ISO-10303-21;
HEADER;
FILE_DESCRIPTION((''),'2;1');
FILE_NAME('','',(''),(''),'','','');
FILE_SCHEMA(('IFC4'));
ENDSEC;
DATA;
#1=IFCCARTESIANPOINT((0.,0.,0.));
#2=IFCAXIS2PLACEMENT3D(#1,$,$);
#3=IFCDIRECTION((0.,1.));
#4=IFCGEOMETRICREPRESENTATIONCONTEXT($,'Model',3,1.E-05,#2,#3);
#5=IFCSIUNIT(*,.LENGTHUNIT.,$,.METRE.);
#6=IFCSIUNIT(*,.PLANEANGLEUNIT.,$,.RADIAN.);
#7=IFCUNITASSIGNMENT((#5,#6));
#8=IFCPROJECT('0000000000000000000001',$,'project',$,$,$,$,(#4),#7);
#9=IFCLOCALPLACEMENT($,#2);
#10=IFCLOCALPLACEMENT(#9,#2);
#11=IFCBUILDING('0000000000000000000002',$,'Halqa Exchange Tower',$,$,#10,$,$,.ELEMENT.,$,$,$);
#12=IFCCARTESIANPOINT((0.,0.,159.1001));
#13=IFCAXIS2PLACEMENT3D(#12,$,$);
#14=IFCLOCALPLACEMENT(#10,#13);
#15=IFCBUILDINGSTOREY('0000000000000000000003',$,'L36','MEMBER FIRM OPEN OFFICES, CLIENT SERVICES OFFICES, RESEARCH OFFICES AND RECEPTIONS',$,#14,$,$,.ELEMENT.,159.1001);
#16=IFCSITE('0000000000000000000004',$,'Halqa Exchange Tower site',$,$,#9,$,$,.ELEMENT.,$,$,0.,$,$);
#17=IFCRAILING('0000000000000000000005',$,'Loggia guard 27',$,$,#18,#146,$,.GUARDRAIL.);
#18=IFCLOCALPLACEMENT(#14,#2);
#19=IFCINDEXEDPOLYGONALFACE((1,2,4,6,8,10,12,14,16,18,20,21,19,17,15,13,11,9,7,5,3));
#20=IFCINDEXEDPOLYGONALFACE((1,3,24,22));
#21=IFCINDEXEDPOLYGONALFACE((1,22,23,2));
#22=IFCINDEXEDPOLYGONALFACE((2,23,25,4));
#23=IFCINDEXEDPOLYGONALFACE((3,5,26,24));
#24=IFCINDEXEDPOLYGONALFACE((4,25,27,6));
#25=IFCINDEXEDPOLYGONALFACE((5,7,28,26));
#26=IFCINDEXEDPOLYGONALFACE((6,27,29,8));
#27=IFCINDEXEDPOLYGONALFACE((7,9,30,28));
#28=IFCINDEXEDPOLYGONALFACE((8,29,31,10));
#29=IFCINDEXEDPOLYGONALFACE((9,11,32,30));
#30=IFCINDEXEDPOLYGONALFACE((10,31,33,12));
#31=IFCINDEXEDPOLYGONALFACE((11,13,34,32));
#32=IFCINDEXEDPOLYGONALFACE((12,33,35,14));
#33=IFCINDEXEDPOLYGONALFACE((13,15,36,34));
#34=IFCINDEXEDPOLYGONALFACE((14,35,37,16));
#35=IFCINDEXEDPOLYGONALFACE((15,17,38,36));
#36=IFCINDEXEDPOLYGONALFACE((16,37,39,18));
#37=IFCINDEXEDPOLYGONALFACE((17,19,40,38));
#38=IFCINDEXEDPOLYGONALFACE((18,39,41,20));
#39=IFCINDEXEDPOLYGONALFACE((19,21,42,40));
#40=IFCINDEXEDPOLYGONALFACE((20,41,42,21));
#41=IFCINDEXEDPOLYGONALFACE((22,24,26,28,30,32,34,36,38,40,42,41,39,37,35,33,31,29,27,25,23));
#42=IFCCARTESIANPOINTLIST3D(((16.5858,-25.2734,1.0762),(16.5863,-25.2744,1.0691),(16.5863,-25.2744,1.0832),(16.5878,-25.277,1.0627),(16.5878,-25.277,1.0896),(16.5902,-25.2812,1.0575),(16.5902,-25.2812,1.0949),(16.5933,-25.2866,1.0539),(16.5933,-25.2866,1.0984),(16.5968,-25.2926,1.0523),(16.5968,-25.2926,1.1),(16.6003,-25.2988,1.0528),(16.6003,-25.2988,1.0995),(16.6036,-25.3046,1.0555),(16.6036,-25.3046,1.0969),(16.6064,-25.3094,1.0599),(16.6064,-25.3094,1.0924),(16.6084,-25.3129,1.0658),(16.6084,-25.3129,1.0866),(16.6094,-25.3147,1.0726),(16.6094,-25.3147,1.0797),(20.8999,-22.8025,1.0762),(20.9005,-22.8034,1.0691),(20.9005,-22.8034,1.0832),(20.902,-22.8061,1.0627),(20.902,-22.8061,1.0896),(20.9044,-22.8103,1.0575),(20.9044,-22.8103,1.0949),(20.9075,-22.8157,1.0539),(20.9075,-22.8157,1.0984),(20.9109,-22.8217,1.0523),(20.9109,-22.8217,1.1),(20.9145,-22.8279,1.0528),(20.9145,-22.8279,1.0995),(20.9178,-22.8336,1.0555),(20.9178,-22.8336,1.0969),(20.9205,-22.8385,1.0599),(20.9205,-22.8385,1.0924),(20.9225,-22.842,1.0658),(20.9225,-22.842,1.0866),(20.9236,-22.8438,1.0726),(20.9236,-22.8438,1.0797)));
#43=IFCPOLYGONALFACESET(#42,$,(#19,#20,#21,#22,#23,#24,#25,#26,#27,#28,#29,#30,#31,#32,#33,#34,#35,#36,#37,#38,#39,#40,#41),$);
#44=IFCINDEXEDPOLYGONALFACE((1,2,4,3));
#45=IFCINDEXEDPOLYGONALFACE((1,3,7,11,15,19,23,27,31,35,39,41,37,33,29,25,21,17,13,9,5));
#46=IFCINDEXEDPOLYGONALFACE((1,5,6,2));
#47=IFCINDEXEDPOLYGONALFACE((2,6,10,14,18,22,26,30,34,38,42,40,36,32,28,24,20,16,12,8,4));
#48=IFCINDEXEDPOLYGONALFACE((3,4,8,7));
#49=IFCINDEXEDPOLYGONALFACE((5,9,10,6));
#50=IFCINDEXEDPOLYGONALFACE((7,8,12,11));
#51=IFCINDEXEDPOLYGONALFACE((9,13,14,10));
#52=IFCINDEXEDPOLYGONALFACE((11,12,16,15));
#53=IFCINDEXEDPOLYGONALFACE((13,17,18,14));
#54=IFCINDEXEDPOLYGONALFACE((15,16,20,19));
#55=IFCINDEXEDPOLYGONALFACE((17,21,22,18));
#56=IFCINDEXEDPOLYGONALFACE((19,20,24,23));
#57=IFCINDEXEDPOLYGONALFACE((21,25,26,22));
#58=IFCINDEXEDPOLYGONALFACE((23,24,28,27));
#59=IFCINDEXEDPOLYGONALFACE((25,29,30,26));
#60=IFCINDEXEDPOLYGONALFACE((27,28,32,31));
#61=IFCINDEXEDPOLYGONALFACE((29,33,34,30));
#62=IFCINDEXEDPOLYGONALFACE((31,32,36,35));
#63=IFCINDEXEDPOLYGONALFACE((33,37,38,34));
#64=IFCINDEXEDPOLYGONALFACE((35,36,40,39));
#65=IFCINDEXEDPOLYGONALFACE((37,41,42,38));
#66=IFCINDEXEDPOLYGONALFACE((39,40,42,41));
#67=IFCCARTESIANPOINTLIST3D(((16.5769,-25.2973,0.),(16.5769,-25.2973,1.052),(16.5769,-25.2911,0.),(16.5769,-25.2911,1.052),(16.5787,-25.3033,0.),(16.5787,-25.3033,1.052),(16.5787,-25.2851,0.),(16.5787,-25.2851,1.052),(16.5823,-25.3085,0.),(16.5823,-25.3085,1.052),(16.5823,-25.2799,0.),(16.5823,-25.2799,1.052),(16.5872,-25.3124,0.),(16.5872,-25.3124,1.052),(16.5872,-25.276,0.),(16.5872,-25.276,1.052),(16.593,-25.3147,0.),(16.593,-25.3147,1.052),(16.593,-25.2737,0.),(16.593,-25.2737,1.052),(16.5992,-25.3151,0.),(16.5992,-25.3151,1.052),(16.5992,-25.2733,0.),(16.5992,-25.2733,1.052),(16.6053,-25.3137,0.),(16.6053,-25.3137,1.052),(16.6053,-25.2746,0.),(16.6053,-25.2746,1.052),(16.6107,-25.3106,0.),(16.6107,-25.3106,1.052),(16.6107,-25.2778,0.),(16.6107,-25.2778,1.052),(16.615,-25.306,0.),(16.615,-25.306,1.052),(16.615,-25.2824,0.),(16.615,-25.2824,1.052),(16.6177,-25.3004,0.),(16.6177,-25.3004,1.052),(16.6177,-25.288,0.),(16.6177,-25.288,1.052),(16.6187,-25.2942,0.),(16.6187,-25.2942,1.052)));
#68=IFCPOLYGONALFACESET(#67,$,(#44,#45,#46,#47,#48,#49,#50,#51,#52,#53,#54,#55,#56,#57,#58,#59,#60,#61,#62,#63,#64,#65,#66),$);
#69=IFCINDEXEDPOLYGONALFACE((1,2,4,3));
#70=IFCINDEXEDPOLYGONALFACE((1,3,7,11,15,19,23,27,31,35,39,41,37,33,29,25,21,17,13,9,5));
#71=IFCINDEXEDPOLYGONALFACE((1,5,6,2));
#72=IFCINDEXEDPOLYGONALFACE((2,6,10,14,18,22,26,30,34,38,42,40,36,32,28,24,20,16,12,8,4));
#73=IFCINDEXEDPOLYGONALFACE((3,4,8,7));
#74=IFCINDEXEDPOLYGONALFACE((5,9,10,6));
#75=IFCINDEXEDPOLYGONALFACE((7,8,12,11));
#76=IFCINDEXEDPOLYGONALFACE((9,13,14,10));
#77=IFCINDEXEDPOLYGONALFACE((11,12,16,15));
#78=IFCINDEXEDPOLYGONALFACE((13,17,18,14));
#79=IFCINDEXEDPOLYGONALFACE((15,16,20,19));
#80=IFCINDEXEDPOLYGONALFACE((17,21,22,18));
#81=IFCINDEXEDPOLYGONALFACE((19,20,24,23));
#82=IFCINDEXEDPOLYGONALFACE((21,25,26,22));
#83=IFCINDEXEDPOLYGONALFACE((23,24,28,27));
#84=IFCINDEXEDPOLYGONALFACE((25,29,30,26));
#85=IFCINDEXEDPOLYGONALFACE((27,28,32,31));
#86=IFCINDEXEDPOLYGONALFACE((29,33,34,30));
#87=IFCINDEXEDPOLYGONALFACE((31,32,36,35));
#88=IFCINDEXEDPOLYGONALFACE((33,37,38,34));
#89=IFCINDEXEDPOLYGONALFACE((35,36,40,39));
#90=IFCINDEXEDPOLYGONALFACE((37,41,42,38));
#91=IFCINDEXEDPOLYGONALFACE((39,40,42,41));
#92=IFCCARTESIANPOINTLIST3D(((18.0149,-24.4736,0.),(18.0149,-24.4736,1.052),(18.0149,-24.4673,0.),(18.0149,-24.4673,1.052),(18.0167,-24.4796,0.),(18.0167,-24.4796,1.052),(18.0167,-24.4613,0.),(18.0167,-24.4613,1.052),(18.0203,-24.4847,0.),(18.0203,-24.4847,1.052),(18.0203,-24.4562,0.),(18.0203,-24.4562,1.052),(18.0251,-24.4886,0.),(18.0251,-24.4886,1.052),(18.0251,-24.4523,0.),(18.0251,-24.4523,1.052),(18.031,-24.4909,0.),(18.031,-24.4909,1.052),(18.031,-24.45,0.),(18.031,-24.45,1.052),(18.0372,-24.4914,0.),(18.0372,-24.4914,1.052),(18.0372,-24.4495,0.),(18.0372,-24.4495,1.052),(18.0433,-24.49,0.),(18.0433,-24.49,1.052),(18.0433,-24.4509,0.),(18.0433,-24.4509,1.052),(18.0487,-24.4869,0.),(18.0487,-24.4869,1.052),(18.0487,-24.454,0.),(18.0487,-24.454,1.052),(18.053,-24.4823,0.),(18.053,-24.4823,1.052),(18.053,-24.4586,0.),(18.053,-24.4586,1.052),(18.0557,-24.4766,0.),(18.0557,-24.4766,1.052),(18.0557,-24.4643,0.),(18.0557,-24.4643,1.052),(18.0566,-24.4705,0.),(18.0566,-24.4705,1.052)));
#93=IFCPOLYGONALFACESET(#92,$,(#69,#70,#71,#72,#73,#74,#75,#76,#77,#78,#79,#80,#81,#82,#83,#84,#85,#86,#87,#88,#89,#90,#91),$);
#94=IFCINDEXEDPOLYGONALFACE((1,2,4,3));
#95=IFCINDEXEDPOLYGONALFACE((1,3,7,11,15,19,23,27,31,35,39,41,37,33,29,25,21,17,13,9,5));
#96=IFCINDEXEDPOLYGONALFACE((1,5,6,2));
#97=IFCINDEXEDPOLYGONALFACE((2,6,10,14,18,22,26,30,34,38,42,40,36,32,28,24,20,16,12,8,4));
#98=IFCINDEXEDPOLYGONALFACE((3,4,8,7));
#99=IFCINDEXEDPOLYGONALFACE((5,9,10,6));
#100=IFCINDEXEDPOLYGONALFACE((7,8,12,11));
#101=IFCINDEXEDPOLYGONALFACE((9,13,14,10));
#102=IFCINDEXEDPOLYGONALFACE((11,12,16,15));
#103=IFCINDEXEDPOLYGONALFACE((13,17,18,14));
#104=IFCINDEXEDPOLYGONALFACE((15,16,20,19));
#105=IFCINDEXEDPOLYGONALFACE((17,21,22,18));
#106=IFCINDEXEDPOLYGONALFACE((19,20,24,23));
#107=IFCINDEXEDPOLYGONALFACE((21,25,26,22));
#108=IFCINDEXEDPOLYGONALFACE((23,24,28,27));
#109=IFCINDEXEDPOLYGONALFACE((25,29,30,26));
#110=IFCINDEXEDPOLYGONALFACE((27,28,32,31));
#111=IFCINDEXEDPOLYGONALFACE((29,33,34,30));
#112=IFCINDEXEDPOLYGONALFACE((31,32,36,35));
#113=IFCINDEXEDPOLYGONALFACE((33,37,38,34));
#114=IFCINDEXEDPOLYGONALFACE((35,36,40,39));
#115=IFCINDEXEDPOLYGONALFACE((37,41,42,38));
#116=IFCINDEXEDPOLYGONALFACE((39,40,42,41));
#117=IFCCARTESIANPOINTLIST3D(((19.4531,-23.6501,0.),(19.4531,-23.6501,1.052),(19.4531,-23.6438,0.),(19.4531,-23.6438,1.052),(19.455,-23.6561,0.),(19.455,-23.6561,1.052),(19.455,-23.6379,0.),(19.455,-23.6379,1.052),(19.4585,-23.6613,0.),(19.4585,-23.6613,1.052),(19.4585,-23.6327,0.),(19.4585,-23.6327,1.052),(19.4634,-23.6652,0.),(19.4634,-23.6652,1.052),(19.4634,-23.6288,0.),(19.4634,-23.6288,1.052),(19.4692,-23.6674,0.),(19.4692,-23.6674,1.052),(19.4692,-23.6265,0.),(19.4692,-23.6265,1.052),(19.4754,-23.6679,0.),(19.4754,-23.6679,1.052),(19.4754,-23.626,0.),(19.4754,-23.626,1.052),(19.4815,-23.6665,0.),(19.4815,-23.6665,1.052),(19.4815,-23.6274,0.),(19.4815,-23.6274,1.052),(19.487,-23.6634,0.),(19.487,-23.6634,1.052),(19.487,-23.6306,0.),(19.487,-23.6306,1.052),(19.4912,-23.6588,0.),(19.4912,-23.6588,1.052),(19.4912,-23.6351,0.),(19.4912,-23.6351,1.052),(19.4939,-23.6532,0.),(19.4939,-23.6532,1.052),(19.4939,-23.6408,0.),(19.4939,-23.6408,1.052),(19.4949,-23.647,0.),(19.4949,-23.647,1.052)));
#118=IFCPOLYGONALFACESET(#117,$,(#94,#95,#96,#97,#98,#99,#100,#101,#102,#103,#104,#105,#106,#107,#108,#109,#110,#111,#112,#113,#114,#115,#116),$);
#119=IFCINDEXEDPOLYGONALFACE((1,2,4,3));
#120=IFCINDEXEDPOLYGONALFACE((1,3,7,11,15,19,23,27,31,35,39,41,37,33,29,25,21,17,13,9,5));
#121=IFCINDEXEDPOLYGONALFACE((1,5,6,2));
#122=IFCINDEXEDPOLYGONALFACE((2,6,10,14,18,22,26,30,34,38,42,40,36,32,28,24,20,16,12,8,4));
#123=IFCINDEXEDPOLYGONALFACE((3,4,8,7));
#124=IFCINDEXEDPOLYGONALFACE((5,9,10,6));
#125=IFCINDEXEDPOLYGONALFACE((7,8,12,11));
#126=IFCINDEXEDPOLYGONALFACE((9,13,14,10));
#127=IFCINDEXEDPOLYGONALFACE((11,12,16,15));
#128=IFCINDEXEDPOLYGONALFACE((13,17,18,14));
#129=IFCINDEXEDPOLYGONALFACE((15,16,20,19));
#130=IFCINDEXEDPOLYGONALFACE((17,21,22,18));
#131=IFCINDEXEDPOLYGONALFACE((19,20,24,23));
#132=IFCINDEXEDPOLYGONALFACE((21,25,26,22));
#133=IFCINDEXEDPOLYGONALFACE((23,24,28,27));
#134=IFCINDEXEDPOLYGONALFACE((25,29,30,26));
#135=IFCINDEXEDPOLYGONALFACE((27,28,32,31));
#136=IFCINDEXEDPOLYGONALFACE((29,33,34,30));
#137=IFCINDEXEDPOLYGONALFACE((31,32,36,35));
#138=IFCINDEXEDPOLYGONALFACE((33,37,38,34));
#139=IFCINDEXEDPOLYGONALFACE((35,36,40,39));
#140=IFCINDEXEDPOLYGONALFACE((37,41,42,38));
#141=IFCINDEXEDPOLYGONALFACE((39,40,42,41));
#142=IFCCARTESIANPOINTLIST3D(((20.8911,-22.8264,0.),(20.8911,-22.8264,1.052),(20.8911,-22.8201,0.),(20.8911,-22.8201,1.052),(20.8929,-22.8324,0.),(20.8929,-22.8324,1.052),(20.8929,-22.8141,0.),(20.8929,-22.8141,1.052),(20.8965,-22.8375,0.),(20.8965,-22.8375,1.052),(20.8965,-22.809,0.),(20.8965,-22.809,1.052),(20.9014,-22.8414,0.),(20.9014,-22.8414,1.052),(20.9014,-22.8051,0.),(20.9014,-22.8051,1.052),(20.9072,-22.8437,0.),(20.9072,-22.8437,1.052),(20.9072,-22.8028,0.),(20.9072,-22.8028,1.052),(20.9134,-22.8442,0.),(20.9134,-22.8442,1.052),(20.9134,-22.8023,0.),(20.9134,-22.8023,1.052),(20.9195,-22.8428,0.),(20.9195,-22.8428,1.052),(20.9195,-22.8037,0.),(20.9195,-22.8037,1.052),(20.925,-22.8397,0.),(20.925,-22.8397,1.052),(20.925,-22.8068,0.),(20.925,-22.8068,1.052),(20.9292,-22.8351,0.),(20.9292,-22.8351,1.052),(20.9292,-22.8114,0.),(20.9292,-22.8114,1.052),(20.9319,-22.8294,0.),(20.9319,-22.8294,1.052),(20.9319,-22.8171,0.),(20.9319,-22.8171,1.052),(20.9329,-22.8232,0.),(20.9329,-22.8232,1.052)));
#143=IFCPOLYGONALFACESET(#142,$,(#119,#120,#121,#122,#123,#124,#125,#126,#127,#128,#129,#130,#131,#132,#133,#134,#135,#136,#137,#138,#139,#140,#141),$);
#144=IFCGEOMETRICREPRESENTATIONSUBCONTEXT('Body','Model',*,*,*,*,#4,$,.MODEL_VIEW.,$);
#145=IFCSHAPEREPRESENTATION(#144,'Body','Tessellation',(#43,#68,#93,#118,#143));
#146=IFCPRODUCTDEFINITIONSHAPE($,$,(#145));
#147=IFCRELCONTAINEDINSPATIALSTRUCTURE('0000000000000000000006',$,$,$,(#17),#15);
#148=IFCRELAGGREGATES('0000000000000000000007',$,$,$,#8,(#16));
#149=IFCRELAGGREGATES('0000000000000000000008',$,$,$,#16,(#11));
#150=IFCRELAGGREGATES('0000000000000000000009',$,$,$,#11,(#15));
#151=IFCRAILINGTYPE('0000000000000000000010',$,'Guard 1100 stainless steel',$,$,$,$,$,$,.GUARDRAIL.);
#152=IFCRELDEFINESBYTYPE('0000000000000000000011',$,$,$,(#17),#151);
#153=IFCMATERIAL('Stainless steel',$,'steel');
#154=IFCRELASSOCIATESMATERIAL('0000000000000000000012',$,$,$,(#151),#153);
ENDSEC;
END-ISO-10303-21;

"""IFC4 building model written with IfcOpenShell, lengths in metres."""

from ifc_helpers import new_model, si_unit, direction, frame, origin, origin_2d, place, context, subcontext, project, spatial, circle, extrude, material, type_object, element, save


model = new_model("IFC4")

# Units and contexts
model_context = context("Model", 3, precision=1e-05, world=origin(), true_north=direction((0.0, 1.0)))
body_context = subcontext(model_context, "Body", "Model", "MODEL_VIEW")
ifc_project = project(units=[si_unit("LENGTHUNIT", "METRE"), si_unit("PLANEANGLEUNIT", "RADIAN")], contexts=[model_context])

# Site, building, storey
site_placement = place(None, origin())
site = spatial("IfcSite", under=ifc_project, at=site_placement, Name="Halqa Exchange Tower site", CompositionType="ELEMENT", RefElevation=0.0)
building_placement = place(site_placement, origin())
building = spatial("IfcBuilding", under=site, at=building_placement, Name="Halqa Exchange Tower", CompositionType="ELEMENT")
storey_placement = place(building_placement, frame((0.0, 0.0, 159.1001)))
storey = spatial("IfcBuildingStorey", under=building, at=storey_placement, Name="L36", Description="MEMBER FIRM OPEN OFFICES, CLIENT SERVICES OFFICES, RESEARCH OFFICES AND RECEPTIONS", CompositionType="ELEMENT", Elevation=159.1001)

# Railing
ifc_material_1 = material(Name="Stainless steel", Category="steel")
railing_type = type_object("IfcRailingType", Name="Guard 1100 stainless steel", PredefinedType="GUARDRAIL", material=ifc_material_1)
railing_1_placement = place(storey_placement, frame((16.5977, -25.2942, 0.0)))
element("IfcRailing", 1, at=railing_1_placement, inside=storey, type_object=railing_type, Name="Loggia guard 27", PredefinedType="GUARDRAIL", context=body_context, shape_type="SweptSolid", body=[
    extrude(circle(Radius=0.0239, at=origin_2d()), frame((0.0, 0.0, 1.0762), z_axis=(0.86775, 0.497001, 0.0), x_axis=(-0.497001, 0.86775, 0.0)), (0.0, 0.0, 1.0), 4.9717),
    extrude(circle(Radius=0.021, at=origin_2d()), origin(), (0.0, 0.0, 1.0), 1.052),
    extrude(circle(Radius=0.021, at=origin_2d()), frame((1.438, 0.8237, 0.0)), (0.0, 0.0, 1.0), 1.052),
    extrude(circle(Radius=0.021, at=origin_2d()), frame((2.8762, 1.6472, 0.0)), (0.0, 0.0, 1.0), 1.052),
    extrude(circle(Radius=0.021, at=origin_2d()), frame((4.3142, 2.4709, 0.0)), (0.0, 0.0, 1.0), 1.052),
])

save(model, "model.ifc")
